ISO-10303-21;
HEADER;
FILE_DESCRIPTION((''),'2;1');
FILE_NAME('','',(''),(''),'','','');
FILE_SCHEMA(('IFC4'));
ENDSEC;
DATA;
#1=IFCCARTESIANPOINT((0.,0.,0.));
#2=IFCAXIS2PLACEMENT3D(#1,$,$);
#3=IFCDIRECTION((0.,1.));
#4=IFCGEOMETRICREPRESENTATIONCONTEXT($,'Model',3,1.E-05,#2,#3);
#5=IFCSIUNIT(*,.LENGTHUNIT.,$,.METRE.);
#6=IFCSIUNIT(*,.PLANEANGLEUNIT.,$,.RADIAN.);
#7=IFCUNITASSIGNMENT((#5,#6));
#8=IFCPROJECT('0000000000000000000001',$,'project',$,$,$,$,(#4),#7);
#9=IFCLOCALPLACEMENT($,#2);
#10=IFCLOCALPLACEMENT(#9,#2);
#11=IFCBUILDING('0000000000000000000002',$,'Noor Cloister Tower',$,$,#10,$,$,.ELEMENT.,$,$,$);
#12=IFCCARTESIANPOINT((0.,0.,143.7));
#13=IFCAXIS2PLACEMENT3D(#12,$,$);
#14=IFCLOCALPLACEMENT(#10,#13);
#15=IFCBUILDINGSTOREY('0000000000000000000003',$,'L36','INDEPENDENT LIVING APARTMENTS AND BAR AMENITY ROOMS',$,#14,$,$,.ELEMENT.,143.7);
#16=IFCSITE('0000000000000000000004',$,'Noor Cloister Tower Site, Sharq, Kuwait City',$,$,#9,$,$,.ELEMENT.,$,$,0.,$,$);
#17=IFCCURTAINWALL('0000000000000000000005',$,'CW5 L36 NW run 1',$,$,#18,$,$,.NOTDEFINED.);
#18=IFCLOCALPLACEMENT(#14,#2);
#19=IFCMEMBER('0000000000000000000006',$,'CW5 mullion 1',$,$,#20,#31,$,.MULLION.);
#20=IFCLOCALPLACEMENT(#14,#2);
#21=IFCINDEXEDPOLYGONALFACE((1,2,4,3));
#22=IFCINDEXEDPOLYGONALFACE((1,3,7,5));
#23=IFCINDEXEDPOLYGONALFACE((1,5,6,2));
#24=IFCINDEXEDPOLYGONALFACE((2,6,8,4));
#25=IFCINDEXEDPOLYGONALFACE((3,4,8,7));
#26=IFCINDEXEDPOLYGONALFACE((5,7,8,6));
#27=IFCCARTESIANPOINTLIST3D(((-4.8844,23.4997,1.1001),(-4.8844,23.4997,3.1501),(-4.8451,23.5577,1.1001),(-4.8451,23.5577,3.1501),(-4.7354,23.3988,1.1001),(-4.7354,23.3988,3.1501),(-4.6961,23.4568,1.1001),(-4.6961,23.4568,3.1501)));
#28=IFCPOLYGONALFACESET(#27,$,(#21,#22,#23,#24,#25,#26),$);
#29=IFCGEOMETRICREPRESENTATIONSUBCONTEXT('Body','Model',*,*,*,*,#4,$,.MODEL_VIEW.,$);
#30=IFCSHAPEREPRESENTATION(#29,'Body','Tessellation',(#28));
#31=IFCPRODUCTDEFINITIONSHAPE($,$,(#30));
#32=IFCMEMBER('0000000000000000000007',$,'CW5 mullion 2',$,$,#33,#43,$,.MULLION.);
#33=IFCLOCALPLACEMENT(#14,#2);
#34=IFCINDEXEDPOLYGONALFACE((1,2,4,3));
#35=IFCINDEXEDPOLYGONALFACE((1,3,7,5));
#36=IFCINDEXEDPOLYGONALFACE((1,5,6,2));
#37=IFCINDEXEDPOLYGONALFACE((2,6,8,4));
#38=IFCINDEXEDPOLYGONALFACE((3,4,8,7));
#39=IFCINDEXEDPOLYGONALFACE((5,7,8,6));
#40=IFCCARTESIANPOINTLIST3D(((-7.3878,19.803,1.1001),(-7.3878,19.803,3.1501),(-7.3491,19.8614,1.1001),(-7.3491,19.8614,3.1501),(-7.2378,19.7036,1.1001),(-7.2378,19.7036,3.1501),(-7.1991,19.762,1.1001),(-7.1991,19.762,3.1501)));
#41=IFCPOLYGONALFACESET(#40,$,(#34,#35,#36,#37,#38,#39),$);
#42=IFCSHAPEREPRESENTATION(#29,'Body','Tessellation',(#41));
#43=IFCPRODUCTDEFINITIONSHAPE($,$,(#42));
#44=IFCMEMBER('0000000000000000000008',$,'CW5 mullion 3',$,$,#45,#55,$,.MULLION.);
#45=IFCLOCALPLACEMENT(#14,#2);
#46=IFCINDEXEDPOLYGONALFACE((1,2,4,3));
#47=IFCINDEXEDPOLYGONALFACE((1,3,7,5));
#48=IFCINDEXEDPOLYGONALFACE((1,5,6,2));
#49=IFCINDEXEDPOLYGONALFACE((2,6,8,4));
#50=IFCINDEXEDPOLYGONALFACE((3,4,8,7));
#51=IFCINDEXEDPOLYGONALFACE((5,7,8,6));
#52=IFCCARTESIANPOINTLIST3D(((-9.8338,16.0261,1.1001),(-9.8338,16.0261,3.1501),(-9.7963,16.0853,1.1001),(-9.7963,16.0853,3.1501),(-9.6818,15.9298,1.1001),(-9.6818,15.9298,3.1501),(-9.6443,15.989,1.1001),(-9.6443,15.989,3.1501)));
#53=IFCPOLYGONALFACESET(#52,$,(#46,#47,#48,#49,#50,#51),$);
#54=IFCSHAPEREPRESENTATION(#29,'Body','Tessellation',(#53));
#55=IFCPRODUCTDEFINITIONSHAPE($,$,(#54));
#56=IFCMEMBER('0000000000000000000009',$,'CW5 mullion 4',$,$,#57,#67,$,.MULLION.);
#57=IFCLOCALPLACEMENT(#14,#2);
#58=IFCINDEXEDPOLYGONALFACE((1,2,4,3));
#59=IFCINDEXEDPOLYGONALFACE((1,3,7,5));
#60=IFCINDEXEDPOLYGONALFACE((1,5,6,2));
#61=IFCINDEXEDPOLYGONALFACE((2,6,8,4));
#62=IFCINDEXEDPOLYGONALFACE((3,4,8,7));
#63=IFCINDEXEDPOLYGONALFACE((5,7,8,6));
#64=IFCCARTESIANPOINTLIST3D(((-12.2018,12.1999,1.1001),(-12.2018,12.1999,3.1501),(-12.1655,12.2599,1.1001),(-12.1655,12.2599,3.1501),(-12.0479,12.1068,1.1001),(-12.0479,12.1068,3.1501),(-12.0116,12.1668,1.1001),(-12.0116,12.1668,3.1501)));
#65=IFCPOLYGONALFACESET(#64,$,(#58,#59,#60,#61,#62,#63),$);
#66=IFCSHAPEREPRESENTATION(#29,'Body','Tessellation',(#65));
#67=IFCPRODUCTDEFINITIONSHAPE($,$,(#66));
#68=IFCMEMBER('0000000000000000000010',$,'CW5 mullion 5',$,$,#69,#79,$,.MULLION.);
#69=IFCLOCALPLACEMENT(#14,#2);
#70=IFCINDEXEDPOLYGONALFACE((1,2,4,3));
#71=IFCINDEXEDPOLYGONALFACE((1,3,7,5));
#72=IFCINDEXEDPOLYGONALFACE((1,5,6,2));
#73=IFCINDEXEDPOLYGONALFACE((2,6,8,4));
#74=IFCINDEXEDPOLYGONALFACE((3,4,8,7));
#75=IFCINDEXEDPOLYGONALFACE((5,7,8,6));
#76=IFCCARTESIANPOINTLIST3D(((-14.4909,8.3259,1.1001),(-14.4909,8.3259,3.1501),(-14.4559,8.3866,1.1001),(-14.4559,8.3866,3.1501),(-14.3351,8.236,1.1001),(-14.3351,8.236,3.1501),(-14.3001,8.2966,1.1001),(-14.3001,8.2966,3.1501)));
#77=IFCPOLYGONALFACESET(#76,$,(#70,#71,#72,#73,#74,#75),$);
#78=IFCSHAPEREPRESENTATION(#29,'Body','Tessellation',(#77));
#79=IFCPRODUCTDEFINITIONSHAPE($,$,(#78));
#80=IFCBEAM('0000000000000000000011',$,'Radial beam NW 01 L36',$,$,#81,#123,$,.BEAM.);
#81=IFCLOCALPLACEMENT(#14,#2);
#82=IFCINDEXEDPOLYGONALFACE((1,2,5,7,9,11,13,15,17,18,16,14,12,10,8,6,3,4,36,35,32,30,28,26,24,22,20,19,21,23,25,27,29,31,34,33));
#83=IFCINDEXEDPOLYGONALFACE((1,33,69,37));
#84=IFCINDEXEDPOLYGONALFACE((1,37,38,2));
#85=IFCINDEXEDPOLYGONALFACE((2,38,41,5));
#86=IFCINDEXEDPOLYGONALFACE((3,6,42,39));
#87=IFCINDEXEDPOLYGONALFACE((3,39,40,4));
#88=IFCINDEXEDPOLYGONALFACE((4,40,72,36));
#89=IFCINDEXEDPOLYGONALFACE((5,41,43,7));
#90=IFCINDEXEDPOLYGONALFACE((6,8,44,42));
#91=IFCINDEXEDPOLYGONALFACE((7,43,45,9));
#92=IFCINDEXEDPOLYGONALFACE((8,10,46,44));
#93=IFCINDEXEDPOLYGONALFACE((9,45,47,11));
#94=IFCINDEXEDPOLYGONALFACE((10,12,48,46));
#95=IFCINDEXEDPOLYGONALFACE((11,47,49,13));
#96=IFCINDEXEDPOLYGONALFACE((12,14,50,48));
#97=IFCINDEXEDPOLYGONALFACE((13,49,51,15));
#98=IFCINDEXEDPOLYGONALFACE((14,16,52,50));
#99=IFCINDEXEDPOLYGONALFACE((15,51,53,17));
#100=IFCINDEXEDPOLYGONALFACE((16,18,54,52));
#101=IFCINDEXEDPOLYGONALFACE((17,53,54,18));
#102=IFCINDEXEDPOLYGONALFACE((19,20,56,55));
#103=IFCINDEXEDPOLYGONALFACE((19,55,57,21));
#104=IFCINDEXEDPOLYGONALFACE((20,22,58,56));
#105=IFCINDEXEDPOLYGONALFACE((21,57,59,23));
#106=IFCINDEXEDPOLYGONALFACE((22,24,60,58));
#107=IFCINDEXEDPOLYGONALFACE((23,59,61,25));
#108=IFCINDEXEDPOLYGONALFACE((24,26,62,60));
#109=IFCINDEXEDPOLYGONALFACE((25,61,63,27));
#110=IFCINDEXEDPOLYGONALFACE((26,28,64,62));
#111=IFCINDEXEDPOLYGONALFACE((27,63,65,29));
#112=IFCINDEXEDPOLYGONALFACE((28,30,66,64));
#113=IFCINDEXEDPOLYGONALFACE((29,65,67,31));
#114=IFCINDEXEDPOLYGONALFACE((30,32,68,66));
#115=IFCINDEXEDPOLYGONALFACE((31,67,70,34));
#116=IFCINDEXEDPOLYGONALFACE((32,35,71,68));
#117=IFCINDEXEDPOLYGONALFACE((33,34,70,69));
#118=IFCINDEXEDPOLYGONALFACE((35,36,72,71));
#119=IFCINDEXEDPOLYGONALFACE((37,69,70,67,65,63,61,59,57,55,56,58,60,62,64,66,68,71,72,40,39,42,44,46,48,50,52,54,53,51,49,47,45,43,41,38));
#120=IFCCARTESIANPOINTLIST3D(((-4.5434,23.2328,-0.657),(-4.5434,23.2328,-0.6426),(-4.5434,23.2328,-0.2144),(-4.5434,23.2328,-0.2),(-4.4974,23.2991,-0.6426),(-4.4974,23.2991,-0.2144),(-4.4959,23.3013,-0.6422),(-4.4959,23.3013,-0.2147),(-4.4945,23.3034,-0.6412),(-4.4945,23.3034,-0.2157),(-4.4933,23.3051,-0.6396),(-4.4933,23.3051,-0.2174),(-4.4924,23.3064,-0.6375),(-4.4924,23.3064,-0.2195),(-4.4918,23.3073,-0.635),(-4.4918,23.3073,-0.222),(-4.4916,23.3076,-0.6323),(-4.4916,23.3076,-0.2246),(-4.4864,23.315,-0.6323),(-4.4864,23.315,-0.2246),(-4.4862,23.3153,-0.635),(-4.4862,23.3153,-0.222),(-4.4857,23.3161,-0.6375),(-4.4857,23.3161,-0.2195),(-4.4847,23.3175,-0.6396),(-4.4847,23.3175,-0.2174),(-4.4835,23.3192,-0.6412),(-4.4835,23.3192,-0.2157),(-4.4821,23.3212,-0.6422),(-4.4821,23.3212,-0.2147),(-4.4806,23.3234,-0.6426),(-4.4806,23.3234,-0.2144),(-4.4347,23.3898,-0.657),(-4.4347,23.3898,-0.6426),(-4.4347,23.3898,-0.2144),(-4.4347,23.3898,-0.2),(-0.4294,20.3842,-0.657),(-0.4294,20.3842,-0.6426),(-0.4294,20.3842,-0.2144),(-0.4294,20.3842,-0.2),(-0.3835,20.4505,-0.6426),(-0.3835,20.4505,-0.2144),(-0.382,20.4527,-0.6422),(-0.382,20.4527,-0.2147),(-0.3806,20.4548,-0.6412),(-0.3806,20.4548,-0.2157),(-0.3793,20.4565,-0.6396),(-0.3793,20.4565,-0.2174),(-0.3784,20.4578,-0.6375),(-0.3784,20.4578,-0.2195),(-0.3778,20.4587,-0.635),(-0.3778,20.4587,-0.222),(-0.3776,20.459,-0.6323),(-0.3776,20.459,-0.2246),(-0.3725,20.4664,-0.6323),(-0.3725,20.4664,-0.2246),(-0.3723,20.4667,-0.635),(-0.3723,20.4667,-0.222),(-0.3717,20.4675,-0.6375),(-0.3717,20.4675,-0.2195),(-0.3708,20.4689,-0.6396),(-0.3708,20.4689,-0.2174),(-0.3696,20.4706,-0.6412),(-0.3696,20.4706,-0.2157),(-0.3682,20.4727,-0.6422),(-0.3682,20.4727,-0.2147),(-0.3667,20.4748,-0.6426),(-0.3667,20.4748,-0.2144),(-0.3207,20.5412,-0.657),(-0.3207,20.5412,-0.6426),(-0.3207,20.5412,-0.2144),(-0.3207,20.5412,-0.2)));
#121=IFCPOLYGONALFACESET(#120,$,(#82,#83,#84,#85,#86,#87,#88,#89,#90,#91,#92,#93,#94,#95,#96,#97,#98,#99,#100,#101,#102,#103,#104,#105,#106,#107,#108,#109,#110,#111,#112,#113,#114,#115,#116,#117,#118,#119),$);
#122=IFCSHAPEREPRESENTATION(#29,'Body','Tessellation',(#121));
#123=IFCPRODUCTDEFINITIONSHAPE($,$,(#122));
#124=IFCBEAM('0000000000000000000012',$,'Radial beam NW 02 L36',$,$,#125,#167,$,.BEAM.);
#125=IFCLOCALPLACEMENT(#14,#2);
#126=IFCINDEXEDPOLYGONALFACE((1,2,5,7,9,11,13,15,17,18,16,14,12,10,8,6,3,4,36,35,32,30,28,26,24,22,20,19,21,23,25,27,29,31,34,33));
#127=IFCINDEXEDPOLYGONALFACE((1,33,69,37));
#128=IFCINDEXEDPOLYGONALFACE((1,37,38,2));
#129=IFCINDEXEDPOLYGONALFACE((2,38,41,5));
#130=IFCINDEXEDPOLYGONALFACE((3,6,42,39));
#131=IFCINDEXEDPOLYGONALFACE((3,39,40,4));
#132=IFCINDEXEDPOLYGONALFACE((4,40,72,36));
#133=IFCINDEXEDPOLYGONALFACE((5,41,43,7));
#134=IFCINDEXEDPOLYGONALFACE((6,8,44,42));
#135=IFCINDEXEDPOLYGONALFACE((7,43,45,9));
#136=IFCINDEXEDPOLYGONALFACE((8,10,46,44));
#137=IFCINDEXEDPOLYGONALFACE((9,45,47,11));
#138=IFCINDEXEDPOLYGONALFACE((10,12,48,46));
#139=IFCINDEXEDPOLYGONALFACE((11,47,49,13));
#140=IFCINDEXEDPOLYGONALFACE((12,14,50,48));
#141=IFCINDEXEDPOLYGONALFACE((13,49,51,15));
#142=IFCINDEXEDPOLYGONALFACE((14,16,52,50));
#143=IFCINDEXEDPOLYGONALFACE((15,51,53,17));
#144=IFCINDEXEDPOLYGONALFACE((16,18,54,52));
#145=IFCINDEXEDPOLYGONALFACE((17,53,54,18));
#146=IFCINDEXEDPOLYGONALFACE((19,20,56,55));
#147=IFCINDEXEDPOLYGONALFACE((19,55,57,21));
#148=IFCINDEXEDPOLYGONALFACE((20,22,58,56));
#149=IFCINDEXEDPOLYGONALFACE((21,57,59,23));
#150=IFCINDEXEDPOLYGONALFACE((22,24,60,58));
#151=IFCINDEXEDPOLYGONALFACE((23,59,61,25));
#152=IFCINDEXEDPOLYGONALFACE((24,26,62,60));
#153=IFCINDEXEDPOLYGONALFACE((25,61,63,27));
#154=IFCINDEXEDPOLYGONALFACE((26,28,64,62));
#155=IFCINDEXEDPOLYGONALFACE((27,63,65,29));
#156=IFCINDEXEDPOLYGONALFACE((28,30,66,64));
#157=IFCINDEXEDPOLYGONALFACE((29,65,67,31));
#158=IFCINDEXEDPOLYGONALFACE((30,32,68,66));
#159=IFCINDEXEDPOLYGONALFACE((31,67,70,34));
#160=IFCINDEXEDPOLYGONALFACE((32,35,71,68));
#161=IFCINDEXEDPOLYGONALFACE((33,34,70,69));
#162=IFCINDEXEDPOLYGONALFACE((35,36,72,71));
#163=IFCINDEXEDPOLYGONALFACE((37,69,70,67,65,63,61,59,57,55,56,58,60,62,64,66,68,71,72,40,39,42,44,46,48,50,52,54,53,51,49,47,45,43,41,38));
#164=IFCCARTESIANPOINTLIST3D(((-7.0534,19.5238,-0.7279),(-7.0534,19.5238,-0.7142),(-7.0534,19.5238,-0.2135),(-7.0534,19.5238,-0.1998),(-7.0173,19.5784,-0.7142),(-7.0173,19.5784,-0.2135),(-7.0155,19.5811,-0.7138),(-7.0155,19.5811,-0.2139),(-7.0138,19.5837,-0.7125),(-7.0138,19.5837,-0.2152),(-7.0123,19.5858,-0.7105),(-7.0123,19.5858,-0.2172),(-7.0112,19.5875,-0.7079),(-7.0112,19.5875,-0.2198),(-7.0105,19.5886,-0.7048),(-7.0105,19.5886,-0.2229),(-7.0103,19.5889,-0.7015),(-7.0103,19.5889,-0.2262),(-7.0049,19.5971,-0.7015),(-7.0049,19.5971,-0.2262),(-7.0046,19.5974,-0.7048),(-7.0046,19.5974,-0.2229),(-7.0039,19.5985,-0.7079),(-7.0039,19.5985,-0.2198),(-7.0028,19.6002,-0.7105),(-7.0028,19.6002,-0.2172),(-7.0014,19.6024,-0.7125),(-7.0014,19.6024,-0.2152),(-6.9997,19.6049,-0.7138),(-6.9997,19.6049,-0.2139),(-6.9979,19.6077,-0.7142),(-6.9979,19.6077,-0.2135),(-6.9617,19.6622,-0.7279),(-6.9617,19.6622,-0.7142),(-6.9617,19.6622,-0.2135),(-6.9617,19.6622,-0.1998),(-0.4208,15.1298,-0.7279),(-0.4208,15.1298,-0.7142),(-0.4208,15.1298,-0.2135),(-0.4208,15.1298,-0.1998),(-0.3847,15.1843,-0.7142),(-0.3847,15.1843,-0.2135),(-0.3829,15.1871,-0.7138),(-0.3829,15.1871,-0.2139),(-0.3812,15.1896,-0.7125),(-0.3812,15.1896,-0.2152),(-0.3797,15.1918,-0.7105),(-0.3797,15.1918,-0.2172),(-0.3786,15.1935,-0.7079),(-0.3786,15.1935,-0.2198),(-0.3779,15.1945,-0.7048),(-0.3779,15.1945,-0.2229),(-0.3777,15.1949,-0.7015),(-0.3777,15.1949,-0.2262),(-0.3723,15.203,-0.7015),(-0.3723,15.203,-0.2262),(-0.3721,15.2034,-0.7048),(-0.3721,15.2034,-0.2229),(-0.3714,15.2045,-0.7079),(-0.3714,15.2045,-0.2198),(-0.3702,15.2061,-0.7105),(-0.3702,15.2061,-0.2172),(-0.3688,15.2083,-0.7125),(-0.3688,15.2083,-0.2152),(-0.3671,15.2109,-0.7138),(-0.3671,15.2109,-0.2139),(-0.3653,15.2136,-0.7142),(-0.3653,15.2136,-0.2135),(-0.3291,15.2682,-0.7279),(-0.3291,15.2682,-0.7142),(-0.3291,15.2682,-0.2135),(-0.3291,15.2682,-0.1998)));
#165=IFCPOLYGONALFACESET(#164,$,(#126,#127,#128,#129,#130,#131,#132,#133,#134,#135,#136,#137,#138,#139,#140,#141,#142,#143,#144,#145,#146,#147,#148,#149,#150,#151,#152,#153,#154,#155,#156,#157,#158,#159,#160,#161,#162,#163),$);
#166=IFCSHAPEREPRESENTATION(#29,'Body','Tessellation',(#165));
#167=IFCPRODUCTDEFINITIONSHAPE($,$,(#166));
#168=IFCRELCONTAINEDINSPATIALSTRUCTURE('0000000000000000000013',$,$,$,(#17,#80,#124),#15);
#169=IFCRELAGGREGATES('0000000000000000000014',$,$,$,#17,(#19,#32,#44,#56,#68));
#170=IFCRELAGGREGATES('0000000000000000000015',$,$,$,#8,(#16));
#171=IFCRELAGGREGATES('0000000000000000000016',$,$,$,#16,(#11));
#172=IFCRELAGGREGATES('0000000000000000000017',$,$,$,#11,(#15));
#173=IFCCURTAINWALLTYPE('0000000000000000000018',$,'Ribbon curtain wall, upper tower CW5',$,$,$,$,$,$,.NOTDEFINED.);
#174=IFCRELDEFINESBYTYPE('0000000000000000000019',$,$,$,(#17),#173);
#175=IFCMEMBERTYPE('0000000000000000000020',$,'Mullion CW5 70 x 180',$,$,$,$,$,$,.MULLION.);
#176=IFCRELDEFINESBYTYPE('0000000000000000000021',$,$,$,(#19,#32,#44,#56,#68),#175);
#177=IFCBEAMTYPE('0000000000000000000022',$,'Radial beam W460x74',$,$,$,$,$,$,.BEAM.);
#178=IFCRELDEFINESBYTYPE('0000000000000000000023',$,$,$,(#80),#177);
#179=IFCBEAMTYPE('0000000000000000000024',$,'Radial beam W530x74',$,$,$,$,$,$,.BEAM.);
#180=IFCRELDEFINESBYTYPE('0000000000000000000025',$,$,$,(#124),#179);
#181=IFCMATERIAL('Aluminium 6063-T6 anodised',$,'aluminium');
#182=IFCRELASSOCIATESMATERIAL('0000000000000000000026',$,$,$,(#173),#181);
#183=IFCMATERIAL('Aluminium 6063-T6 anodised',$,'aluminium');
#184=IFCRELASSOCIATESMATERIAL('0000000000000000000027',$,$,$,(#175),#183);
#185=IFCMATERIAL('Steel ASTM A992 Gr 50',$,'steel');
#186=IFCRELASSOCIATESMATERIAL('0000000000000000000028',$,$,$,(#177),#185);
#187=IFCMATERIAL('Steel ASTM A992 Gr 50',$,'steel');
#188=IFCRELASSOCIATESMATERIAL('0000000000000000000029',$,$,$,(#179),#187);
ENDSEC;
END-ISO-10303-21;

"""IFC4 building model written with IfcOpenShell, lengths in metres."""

from ifc_helpers import new_model, si_unit, direction, frame, origin, origin_2d, place, context, subcontext, project, spatial, rectangle, i_section, extrude, material, material_profile, profile_set, type_object, element, aggregate, save


model = new_model("IFC4")

# Units and contexts
model_context = context("Model", 3, precision=1e-05, world=origin(), true_north=direction((0.0, 1.0)))
body_context = subcontext(model_context, "Body", "Model", "MODEL_VIEW")
ifc_project = project(units=[si_unit("LENGTHUNIT", "METRE"), si_unit("PLANEANGLEUNIT", "RADIAN")], contexts=[model_context])

# Site, building, storey
site_placement = place(None, origin())
site = spatial("IfcSite", under=ifc_project, at=site_placement, Name="Noor Cloister Tower Site, Sharq, Kuwait City", CompositionType="ELEMENT", RefElevation=0.0)
building_placement = place(site_placement, origin())
building = spatial("IfcBuilding", under=site, at=building_placement, Name="Noor Cloister Tower", CompositionType="ELEMENT")
storey_placement = place(building_placement, frame((0.0, 0.0, 143.7)))
storey = spatial("IfcBuildingStorey", under=building, at=storey_placement, Name="L36", Description="INDEPENDENT LIVING APARTMENTS AND BAR AMENITY ROOMS", CompositionType="ELEMENT", Elevation=143.7)

# Curtain wall, members
ifc_material_1 = material(Name="Aluminium 6063-T6 anodised", Category="aluminium")
curtain_wall_type = type_object("IfcCurtainWallType", Name="Ribbon curtain wall, upper tower CW5", PredefinedType="NOTDEFINED", material=ifc_material_1)
curtain_wall_placement = place(storey_placement, origin())
curtain_wall = element("IfcCurtainWall", 1, at=curtain_wall_placement, inside=storey, type_object=curtain_wall_type, Name="CW5 L36 NW run 1", PredefinedType="NOTDEFINED")
ifc_material_2 = material(Name="Aluminium 6063-T6 anodised", Category="aluminium")
ifc_material_profile_1 = material_profile(ifc_material_2, rectangle(XDim=0.1799, YDim=0.0701, at=origin_2d()), Name="180 x 70 mullion")
ifc_profile_set_1 = profile_set([ifc_material_profile_1], Name="Aluminium 6063-T6 anodised")
member_type = type_object("IfcMemberType", Name="Mullion CW5 70 x 180", PredefinedType="MULLION", material=ifc_profile_set_1)
member_1_placement = place(storey_placement, frame((-4.7903, 23.4783, 1.1001), z_axis=(0.0, 0.0, 1.0), x_axis=(0.827946, -0.560807, 0.0)))
member_1 = element("IfcMember", 2, at=member_1_placement, type_object=member_type, Name="CW5 mullion 1", PredefinedType="MULLION", context=body_context, shape_type="SweptSolid", body=[
    extrude(rectangle(XDim=0.1799, YDim=0.0701, at=origin_2d()), origin(), (0.0, 0.0, 1.0), 2.05),
])
member_2_placement = place(storey_placement, frame((-7.2935, 19.7825, 1.1001), z_axis=(0.0, 0.0, 1.0), x_axis=(0.833652, -0.55229, 0.0)))
member_2 = element("IfcMember", 3, at=member_2_placement, type_object=member_type, Name="CW5 mullion 2", PredefinedType="MULLION", context=body_context, shape_type="SweptSolid", body=[
    extrude(rectangle(XDim=0.1799, YDim=0.0701, at=origin_2d()), origin(), (0.0, 0.0, 1.0), 2.05),
])
member_3_placement = place(storey_placement, frame((-9.739, 16.0076, 1.1001), z_axis=(0.0, 0.0, 1.0), x_axis=(0.8448, -0.535083, 0.0)))
member_3 = element("IfcMember", 4, at=member_3_placement, type_object=member_type, Name="CW5 mullion 3", PredefinedType="MULLION", context=body_context, shape_type="SweptSolid", body=[
    extrude(rectangle(XDim=0.1799, YDim=0.0701, at=origin_2d()), origin(), (0.0, 0.0, 1.0), 2.05),
])
member_4_placement = place(storey_placement, frame((-12.1067, 12.1833, 1.1001), z_axis=(0.0, 0.0, 1.0), x_axis=(0.855592, -0.51765, 0.0)))
member_4 = element("IfcMember", 5, at=member_4_placement, type_object=member_type, Name="CW5 mullion 4", PredefinedType="MULLION", context=body_context, shape_type="SweptSolid", body=[
    extrude(rectangle(XDim=0.1799, YDim=0.0701, at=origin_2d()), origin(), (0.0, 0.0, 1.0), 2.05),
])
member_5_placement = place(storey_placement, frame((-14.3955, 8.3113, 1.1001), z_axis=(0.0, 0.0, 1.0), x_axis=(0.866025, -0.5, 0.0)))
member_5 = element("IfcMember", 6, at=member_5_placement, type_object=member_type, Name="CW5 mullion 5", PredefinedType="MULLION", context=body_context, shape_type="SweptSolid", body=[
    extrude(rectangle(XDim=0.1799, YDim=0.0701, at=origin_2d()), origin(), (0.0, 0.0, 1.0), 2.05),
])

# Beams
ifc_material_3 = material(Name="Steel ASTM A992 Gr 50", Category="steel")
ifc_material_profile_2 = material_profile(ifc_material_3, i_section(OverallWidth=0.1909, OverallDepth=0.457, WebThickness=0.009, FlangeThickness=0.0144, FilletRadius=0.0103, at=origin_2d()), Name="W460x74")
ifc_profile_set_2 = profile_set([ifc_material_profile_2], Name="Steel ASTM A992 Gr 50")
beam_type_1 = type_object("IfcBeamType", Name="Radial beam W460x74", PredefinedType="BEAM", material=ifc_profile_set_2)
beam_1_placement = place(storey_placement, frame((-4.489, 23.3113, -0.4285), z_axis=(0.822148, -0.569273, 0.0), x_axis=(0.569273, 0.822148, 0.0)))
element("IfcBeam", 7, at=beam_1_placement, inside=storey, type_object=beam_type_1, Name="Radial beam NW 01 L36", PredefinedType="BEAM", context=body_context, shape_type="SweptSolid", body=[
    extrude(i_section(OverallWidth=0.1909, OverallDepth=0.457, WebThickness=0.009, FlangeThickness=0.0144, FilletRadius=0.0103, at=origin_2d()), origin(), (0.0, 0.0, 1.0), 5.0039),
])
ifc_material_4 = material(Name="Steel ASTM A992 Gr 50", Category="steel")
ifc_material_profile_3 = material_profile(ifc_material_4, i_section(OverallWidth=0.166, OverallDepth=0.5281, WebThickness=0.0098, FlangeThickness=0.0137, FilletRadius=0.0127, at=origin_2d()), Name="W530x74")
ifc_profile_set_3 = profile_set([ifc_material_profile_3], Name="Steel ASTM A992 Gr 50")
beam_type_2 = type_object("IfcBeamType", Name="Radial beam W530x74", PredefinedType="BEAM", material=ifc_profile_set_3)
beam_2_placement = place(storey_placement, frame((-7.0076, 19.593, -0.4639), z_axis=(0.833652, -0.55229, 0.0), x_axis=(0.55229, 0.833652, 0.0)))
element("IfcBeam", 8, at=beam_2_placement, inside=storey, type_object=beam_type_2, Name="Radial beam NW 02 L36", PredefinedType="BEAM", context=body_context, shape_type="SweptSolid", body=[
    extrude(i_section(OverallWidth=0.166, OverallDepth=0.5281, WebThickness=0.0098, FlangeThickness=0.0137, FilletRadius=0.0127, at=origin_2d()), origin(), (0.0, 0.0, 1.0), 7.9561),
])

aggregate(curtain_wall, [member_1, member_2, member_3, member_4, member_5])

save(model, "model.ifc")
